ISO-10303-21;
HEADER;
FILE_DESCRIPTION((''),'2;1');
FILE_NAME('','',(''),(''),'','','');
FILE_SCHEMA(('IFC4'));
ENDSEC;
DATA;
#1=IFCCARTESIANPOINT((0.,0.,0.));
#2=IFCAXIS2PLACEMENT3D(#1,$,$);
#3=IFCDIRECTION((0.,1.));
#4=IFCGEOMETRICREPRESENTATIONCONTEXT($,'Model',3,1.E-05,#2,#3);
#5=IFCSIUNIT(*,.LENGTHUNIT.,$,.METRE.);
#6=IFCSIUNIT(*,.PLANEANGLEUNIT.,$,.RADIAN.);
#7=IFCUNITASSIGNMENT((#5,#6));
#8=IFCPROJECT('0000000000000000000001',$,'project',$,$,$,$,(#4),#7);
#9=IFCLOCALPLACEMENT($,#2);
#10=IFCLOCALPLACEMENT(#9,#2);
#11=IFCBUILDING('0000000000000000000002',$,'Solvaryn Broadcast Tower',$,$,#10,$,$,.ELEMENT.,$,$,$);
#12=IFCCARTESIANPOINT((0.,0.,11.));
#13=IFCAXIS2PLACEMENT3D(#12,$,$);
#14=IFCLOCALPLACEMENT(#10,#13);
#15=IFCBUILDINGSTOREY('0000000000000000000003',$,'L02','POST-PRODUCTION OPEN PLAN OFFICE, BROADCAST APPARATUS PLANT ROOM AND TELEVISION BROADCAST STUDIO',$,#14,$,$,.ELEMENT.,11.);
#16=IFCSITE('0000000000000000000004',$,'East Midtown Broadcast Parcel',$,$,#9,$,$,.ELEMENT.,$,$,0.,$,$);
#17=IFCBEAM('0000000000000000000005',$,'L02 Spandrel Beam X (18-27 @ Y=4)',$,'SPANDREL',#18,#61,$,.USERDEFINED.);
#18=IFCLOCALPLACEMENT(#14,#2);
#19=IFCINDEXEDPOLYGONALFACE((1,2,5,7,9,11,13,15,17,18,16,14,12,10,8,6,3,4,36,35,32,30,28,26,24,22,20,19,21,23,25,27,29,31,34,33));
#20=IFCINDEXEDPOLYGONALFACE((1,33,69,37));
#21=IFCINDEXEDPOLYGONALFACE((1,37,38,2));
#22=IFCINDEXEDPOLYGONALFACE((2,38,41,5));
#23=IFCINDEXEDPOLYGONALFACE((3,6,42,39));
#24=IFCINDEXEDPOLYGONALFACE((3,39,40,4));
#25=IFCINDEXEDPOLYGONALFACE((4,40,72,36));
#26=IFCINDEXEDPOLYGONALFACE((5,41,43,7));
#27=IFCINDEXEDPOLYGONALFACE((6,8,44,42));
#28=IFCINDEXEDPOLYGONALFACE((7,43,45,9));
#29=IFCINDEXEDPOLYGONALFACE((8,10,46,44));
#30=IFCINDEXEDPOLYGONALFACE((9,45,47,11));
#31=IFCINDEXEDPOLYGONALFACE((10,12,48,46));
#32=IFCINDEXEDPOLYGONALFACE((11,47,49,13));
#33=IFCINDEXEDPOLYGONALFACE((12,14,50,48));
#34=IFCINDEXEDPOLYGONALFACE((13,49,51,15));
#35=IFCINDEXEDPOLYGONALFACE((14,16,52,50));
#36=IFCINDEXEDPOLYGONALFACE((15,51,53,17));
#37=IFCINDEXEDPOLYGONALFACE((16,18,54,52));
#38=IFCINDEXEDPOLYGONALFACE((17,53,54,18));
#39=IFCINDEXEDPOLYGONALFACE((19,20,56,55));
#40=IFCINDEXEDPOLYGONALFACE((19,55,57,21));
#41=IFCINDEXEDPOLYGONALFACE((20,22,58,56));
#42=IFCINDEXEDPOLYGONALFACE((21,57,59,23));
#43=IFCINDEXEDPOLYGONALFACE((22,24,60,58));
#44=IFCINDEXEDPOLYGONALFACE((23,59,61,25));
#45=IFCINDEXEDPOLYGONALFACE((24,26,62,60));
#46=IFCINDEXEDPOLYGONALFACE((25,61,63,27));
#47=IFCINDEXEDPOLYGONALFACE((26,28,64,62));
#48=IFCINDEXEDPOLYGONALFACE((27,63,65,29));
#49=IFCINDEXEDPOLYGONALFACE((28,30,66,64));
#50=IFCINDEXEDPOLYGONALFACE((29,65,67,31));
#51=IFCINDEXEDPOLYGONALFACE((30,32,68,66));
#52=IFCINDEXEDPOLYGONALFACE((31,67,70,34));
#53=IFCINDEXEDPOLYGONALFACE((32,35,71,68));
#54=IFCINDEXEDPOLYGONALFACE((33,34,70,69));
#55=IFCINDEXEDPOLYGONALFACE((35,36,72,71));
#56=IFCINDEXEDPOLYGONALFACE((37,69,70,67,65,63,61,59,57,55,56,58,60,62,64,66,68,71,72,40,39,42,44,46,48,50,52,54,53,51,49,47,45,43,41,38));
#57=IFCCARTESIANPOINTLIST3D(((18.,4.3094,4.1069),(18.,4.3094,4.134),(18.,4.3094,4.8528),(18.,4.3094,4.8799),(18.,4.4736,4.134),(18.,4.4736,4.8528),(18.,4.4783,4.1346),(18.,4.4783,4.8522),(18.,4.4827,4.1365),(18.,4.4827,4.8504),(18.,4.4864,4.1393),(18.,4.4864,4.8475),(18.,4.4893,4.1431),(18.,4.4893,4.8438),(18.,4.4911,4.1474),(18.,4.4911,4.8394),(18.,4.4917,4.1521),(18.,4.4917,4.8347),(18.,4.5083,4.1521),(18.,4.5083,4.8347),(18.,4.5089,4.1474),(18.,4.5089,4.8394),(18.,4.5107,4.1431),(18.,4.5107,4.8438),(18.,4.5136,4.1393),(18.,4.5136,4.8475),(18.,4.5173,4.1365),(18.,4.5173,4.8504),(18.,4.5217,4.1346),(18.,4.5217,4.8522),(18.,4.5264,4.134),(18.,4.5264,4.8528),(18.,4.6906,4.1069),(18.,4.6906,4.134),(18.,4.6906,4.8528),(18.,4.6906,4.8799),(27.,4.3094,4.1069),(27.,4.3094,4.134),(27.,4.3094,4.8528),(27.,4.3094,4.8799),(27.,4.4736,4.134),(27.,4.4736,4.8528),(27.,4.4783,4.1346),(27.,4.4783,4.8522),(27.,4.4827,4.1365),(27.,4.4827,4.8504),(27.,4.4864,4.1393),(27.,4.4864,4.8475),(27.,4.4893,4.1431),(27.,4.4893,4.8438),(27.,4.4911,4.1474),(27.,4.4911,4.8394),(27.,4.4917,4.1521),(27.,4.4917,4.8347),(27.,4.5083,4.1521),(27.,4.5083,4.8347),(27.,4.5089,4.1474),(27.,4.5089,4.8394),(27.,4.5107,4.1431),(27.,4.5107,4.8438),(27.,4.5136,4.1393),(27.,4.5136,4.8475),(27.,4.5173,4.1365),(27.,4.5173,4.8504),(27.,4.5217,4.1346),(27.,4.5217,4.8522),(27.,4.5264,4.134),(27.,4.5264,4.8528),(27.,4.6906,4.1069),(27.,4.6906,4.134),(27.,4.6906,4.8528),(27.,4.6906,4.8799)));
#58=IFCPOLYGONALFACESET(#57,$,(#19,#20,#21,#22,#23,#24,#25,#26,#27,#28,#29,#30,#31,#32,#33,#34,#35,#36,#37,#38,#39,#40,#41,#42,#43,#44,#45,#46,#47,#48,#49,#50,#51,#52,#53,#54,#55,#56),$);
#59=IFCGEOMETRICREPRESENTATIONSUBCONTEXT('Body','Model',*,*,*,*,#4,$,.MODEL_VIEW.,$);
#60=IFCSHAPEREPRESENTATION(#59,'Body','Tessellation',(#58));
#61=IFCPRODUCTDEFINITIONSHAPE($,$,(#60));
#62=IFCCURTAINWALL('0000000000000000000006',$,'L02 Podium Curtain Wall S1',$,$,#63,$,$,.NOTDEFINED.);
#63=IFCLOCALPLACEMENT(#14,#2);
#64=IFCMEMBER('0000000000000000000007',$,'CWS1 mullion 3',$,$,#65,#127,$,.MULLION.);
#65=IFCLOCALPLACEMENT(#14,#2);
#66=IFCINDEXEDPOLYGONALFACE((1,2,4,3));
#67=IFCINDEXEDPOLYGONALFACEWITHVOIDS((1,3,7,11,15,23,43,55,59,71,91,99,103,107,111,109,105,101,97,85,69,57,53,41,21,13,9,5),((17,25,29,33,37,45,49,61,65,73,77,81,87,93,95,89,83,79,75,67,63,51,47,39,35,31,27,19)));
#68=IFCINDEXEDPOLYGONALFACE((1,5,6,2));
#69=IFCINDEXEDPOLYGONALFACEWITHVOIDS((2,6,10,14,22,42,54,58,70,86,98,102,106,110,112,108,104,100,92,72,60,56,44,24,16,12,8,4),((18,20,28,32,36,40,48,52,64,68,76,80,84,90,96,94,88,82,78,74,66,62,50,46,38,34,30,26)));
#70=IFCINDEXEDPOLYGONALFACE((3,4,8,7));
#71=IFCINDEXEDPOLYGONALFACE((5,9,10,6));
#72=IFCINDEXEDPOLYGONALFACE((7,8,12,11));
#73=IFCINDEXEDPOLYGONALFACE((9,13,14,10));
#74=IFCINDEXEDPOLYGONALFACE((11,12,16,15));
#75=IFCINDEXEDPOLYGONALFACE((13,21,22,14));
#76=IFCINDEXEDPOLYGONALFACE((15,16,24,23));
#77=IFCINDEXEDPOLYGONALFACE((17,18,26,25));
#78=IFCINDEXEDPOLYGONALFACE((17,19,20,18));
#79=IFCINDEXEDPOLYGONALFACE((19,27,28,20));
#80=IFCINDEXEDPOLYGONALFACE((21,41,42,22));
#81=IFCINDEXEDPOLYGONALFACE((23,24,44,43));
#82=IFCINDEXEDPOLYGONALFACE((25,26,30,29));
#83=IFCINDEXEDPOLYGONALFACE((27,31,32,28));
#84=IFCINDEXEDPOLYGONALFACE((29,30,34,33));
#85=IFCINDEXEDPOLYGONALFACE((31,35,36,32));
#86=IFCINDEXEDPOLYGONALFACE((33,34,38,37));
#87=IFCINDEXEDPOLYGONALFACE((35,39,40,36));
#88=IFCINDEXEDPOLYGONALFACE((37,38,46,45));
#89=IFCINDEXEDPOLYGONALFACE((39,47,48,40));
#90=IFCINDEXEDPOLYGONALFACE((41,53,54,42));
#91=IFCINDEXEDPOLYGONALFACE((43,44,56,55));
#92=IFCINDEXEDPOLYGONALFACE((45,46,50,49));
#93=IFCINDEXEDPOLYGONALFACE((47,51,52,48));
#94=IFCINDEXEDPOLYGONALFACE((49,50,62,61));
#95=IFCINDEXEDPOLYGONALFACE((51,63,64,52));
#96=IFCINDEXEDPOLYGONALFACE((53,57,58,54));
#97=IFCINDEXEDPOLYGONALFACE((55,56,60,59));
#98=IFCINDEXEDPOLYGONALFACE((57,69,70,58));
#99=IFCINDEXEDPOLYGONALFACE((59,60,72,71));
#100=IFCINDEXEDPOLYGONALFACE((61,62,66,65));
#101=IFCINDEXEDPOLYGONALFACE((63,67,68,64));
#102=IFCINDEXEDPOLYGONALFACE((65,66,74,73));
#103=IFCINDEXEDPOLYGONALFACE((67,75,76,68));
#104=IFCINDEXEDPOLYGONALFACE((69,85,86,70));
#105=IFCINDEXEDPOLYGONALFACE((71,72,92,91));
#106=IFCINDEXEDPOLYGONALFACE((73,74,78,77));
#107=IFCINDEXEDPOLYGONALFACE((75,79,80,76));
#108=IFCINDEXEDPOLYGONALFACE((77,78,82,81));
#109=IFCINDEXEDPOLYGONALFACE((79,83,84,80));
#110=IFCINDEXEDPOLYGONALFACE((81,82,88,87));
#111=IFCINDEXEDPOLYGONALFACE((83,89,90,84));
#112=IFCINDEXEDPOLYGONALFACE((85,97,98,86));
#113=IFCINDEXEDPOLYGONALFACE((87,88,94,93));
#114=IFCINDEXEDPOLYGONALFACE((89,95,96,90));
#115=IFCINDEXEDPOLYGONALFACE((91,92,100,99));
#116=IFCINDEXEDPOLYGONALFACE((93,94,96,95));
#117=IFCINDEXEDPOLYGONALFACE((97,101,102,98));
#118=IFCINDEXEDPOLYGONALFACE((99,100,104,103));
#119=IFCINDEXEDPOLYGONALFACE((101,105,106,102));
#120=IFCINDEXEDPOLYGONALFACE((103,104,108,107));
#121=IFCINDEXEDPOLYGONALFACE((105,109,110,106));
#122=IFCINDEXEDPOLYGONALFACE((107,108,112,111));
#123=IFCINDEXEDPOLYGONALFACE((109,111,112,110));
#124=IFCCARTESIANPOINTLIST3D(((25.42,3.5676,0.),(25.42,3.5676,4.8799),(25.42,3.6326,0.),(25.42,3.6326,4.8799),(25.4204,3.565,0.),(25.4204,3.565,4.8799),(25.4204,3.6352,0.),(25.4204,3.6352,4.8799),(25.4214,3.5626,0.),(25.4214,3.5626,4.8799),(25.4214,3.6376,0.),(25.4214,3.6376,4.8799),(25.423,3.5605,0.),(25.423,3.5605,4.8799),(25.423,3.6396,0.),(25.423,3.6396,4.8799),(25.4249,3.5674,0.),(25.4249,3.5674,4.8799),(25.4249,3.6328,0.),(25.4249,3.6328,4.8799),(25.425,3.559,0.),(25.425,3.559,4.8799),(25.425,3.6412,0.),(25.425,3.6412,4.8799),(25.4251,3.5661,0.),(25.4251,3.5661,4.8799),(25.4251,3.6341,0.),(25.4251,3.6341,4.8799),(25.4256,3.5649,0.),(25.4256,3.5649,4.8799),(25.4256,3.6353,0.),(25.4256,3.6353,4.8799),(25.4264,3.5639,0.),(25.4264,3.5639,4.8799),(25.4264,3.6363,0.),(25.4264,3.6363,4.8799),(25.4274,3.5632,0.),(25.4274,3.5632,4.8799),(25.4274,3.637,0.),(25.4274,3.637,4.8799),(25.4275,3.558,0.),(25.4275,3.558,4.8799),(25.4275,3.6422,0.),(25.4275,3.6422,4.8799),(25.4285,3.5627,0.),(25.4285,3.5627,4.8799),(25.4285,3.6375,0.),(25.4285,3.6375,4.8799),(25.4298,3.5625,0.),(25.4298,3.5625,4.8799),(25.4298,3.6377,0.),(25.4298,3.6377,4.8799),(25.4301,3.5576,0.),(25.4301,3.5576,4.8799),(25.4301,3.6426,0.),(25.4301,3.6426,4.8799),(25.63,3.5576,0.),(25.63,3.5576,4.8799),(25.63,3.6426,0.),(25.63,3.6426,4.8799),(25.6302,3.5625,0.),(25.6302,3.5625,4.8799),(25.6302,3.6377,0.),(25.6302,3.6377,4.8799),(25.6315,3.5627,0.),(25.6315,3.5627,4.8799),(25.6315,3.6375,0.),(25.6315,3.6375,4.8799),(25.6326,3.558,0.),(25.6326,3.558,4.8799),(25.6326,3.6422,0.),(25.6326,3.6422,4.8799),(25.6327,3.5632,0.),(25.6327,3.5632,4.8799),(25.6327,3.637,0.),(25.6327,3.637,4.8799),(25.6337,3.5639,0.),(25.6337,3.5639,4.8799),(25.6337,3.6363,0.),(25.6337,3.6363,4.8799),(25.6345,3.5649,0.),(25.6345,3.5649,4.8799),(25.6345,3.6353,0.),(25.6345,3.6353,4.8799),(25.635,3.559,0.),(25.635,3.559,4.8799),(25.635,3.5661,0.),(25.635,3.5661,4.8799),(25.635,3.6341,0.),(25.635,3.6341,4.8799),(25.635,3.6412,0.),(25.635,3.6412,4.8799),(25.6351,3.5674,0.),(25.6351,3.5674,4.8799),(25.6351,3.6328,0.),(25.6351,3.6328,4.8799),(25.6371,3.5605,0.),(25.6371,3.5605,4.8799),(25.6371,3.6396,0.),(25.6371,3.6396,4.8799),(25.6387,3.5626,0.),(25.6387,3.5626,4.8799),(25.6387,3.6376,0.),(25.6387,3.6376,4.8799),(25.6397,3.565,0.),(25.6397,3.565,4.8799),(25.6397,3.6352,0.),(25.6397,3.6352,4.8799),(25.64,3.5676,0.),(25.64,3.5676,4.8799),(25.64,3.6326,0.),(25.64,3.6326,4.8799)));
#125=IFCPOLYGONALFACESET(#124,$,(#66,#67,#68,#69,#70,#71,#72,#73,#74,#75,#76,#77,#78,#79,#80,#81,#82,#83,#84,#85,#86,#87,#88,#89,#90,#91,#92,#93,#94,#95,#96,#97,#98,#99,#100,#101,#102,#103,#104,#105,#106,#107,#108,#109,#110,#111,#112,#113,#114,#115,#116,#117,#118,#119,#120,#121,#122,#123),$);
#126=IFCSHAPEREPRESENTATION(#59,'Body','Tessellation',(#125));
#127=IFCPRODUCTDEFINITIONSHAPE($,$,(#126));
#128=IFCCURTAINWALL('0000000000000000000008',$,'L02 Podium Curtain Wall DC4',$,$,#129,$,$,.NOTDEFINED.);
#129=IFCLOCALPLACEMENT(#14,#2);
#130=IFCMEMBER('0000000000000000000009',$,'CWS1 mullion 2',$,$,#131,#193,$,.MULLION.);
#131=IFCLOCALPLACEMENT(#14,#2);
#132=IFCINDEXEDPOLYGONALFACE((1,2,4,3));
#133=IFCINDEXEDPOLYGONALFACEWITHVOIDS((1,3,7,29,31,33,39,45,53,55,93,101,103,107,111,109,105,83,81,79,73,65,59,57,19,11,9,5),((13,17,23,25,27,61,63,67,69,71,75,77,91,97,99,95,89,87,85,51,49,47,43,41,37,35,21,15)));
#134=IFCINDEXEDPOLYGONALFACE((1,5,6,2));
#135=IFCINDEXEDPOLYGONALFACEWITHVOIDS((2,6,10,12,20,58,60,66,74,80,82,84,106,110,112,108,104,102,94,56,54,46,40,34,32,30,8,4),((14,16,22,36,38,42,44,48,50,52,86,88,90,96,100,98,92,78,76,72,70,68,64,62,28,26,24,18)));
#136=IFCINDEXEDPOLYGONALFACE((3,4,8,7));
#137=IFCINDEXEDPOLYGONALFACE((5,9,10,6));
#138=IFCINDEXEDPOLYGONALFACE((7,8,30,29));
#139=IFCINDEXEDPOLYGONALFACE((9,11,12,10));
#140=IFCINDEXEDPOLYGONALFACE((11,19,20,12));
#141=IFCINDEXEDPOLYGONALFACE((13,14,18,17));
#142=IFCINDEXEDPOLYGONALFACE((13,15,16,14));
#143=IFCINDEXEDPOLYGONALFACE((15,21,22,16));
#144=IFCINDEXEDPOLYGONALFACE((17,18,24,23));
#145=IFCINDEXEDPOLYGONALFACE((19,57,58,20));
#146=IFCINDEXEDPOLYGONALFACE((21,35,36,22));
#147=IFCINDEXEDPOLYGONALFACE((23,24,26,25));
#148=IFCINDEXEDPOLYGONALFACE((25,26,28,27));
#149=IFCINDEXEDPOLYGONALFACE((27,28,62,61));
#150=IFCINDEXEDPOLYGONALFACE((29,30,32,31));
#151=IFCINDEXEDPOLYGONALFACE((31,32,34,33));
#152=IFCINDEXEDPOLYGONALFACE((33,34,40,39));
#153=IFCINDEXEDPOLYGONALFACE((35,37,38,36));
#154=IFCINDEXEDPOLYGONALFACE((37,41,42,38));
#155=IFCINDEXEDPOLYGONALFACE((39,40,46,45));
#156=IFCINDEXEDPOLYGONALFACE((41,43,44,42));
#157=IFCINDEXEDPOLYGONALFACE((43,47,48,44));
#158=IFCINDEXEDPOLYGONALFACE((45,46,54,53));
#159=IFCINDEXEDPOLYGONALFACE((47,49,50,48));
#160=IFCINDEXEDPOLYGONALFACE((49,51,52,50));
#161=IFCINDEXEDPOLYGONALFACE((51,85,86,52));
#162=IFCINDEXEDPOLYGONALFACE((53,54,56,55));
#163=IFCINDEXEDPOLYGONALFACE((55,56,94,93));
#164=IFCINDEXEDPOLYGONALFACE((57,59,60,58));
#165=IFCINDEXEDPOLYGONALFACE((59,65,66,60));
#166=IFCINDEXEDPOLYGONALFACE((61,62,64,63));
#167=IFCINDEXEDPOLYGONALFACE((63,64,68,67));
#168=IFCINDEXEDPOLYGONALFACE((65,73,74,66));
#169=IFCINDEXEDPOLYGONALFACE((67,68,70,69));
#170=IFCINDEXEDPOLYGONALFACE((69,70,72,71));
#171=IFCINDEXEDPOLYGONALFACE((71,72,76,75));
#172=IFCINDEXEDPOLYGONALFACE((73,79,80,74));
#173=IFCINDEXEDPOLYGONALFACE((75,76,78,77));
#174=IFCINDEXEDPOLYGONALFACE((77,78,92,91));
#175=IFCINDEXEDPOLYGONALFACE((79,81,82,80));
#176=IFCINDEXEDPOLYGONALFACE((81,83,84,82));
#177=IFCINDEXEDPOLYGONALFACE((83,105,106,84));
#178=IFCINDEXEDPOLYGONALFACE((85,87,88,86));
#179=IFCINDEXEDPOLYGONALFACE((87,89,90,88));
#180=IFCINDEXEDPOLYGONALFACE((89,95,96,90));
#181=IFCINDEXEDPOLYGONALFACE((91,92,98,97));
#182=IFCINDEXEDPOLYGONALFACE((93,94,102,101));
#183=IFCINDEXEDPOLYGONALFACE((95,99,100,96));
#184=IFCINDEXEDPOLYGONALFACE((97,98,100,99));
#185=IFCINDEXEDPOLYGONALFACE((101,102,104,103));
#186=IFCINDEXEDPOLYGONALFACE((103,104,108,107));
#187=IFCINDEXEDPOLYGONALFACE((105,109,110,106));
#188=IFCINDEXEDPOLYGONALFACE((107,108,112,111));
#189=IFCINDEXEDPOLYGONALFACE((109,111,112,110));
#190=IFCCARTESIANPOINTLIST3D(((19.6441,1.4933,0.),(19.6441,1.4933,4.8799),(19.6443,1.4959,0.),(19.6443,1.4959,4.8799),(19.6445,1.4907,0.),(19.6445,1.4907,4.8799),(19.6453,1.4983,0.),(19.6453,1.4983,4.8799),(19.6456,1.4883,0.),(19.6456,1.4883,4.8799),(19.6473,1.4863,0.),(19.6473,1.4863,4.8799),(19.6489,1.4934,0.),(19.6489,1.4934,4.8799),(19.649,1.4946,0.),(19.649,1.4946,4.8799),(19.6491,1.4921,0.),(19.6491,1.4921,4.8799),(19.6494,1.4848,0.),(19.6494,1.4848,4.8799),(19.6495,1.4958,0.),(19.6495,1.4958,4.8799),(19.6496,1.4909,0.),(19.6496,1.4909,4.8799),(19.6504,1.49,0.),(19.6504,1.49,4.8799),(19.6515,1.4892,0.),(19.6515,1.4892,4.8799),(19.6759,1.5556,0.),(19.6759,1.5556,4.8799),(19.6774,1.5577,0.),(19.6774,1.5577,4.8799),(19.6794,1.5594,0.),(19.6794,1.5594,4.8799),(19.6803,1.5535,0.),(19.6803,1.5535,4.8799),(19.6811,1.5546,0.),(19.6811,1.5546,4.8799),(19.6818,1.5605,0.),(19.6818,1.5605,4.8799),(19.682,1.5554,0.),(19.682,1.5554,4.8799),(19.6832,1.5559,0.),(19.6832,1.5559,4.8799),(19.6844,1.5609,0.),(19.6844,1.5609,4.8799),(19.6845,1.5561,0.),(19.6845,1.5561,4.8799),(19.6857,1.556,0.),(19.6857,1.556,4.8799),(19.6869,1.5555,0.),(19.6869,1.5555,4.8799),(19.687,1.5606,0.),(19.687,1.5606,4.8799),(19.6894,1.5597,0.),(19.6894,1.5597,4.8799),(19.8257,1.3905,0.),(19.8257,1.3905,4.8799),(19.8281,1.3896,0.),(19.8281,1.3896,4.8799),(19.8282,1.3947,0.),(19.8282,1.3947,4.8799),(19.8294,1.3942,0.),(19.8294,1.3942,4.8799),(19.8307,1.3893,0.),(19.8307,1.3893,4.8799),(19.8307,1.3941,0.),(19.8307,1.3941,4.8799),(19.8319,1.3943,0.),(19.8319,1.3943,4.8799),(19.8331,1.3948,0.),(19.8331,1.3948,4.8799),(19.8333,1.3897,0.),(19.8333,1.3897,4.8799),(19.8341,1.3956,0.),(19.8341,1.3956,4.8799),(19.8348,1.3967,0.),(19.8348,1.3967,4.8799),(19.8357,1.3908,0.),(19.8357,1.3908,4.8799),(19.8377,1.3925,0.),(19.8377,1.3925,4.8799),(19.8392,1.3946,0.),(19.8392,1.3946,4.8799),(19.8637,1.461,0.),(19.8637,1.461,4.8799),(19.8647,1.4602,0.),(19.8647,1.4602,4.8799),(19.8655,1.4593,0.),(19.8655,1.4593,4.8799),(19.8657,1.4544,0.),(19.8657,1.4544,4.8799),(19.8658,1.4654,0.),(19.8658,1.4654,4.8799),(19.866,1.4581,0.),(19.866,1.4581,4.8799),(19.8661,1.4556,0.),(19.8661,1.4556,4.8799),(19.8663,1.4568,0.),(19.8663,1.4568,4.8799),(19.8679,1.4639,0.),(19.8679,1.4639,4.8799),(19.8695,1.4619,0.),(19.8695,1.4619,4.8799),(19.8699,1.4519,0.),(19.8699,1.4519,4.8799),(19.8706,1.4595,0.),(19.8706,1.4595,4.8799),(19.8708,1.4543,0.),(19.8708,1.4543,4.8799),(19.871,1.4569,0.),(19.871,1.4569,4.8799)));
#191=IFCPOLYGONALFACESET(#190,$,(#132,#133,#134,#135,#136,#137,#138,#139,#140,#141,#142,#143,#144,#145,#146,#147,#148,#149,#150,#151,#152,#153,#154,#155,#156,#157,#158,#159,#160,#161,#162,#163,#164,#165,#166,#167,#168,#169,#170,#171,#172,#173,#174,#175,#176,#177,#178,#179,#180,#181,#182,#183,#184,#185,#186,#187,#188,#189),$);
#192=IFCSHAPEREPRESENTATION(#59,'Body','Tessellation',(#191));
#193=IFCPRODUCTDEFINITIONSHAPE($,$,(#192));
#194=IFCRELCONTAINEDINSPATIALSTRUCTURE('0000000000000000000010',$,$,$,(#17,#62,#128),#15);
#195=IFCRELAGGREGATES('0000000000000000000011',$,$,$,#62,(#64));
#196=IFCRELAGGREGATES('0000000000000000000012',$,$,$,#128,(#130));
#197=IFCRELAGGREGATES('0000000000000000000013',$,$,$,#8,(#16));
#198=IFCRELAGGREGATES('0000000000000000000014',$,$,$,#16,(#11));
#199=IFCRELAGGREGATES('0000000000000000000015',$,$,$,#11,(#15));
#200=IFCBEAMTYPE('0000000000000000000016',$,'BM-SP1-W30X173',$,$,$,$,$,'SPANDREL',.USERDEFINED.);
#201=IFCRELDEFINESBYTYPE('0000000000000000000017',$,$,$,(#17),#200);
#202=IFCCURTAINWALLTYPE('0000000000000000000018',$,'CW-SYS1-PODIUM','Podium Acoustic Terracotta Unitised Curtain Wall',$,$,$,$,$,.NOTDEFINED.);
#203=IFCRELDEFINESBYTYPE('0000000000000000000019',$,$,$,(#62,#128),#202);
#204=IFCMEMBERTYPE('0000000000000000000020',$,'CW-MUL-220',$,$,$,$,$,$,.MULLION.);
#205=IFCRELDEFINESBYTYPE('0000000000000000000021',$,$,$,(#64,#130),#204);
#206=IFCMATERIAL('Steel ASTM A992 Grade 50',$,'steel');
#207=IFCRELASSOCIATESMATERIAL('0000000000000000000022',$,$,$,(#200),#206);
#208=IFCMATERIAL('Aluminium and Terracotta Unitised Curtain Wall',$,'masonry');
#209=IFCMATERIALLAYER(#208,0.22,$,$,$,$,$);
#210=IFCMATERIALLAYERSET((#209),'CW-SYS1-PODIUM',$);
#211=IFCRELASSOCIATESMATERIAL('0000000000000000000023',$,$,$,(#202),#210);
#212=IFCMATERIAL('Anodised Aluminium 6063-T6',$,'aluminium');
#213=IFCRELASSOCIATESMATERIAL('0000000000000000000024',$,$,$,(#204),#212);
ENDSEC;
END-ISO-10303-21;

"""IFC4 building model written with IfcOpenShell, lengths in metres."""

from ifc_helpers import new_model, si_unit, direction, frame, origin, origin_2d, place, context, subcontext, project, spatial, hollow_rectangle, i_section, extrude, material, layer, layer_set, material_profile, profile_set, type_object, element, aggregate, save


model = new_model("IFC4")

# Units and contexts
model_context = context("Model", 3, precision=1e-05, world=origin(), true_north=direction((0.0, 1.0)))
body_context = subcontext(model_context, "Body", "Model", "MODEL_VIEW")
ifc_project = project(units=[si_unit("LENGTHUNIT", "METRE"), si_unit("PLANEANGLEUNIT", "RADIAN")], contexts=[model_context])

# Site, building, storey
site_placement = place(None, origin())
site = spatial("IfcSite", under=ifc_project, at=site_placement, Name="East Midtown Broadcast Parcel", CompositionType="ELEMENT", RefElevation=0.0)
building_placement = place(site_placement, origin())
building = spatial("IfcBuilding", under=site, at=building_placement, Name="Solvaryn Broadcast Tower", CompositionType="ELEMENT")
storey_placement = place(building_placement, frame((0.0, 0.0, 11.0)))
storey = spatial("IfcBuildingStorey", under=building, at=storey_placement, Name="L02", Description="POST-PRODUCTION OPEN PLAN OFFICE, BROADCAST APPARATUS PLANT ROOM AND TELEVISION BROADCAST STUDIO", CompositionType="ELEMENT", Elevation=11.0)

# Beam
ifc_material_1 = material(Name="Steel ASTM A992 Grade 50", Category="steel")
ifc_material_profile_1 = material_profile(ifc_material_1, i_section(OverallWidth=0.3811, OverallDepth=0.7729, WebThickness=0.0166, FlangeThickness=0.0271, FilletRadius=0.0181, at=origin_2d()))
ifc_profile_set_1 = profile_set([ifc_material_profile_1], Name="Steel ASTM A992 Grade 50")
beam_type_1 = type_object("IfcBeamType", Name="BM-SP1-W30X173", ElementType="SPANDREL", PredefinedType="USERDEFINED", material=ifc_profile_set_1)
beam_1_placement = place(storey_placement, frame((18.0, 4.5, 4.4934), z_axis=(1.0, 0.0, 0.0), x_axis=(0.0, 1.0, 0.0)))
element("IfcBeam", 1, at=beam_1_placement, inside=storey, type_object=beam_type_1, Name="L02 Spandrel Beam X (18-27 @ Y=4)", ObjectType="SPANDREL", PredefinedType="USERDEFINED", context=body_context, shape_type="SweptSolid", body=[
    extrude(i_section(OverallWidth=0.3811, OverallDepth=0.7729, WebThickness=0.0166, FlangeThickness=0.0271, FilletRadius=0.0181, at=origin_2d()), origin(), (0.0, 0.0, 1.0), 9.0),
])

# Curtain wall, member
ifc_material_2 = material(Name="Aluminium and Terracotta Unitised Curtain Wall", Category="masonry")
ifc_layer_1 = layer(ifc_material_2, 0.22)
ifc_layer_set_1 = layer_set([ifc_layer_1], Name="CW-SYS1-PODIUM")
curtain_wall_type = type_object("IfcCurtainWallType", Name="CW-SYS1-PODIUM", Description="Podium Acoustic Terracotta Unitised Curtain Wall", PredefinedType="NOTDEFINED", material=ifc_layer_set_1)
curtain_wall_1_placement = place(storey_placement, origin())
curtain_wall_1 = element("IfcCurtainWall", 2, at=curtain_wall_1_placement, inside=storey, type_object=curtain_wall_type, Name="L02 Podium Curtain Wall S1", PredefinedType="NOTDEFINED")
ifc_material_3 = material(Name="Anodised Aluminium 6063-T6", Category="aluminium")
ifc_material_profile_2 = material_profile(ifc_material_3, hollow_rectangle(XDim=0.085, YDim=0.22, WallThickness=0.0049, InnerFilletRadius=0.0049, OuterFilletRadius=0.01, at=origin_2d()))
ifc_profile_set_2 = profile_set([ifc_material_profile_2], Name="Anodised Aluminium 6063-T6")
member_type = type_object("IfcMemberType", Name="CW-MUL-220", PredefinedType="MULLION", material=ifc_profile_set_2)
member_1_placement = place(storey_placement, frame((25.53, 3.6001, 0.0), z_axis=(0.0, 0.0, 1.0), x_axis=(0.0, -1.0, 0.0)))
member_1 = element("IfcMember", 3, at=member_1_placement, type_object=member_type, Name="CWS1 mullion 3", PredefinedType="MULLION", context=body_context, shape_type="SweptSolid", body=[
    extrude(hollow_rectangle(XDim=0.085, YDim=0.22, WallThickness=0.0049, InnerFilletRadius=0.0049, OuterFilletRadius=0.01, at=origin_2d()), origin(), (0.0, 0.0, 1.0), 4.8799),
])
aggregate(curtain_wall_1, [member_1])

# Curtain wall, member
curtain_wall_2_placement = place(storey_placement, origin())
curtain_wall_2 = element("IfcCurtainWall", 4, at=curtain_wall_2_placement, inside=storey, type_object=curtain_wall_type, Name="L02 Podium Curtain Wall DC4", PredefinedType="NOTDEFINED")
member_2_placement = place(storey_placement, frame((19.7576, 1.4751, 0.0), z_axis=(0.0, 0.0, 1.0), x_axis=(0.471639, 0.881792, 0.0)))
member_2 = element("IfcMember", 5, at=member_2_placement, type_object=member_type, Name="CWS1 mullion 2", PredefinedType="MULLION", context=body_context, shape_type="SweptSolid", body=[
    extrude(hollow_rectangle(XDim=0.085, YDim=0.22, WallThickness=0.0049, InnerFilletRadius=0.0049, OuterFilletRadius=0.01, at=origin_2d()), origin(), (0.0, 0.0, 1.0), 4.8799),
])
aggregate(curtain_wall_2, [member_2])

save(model, "model.ifc")
